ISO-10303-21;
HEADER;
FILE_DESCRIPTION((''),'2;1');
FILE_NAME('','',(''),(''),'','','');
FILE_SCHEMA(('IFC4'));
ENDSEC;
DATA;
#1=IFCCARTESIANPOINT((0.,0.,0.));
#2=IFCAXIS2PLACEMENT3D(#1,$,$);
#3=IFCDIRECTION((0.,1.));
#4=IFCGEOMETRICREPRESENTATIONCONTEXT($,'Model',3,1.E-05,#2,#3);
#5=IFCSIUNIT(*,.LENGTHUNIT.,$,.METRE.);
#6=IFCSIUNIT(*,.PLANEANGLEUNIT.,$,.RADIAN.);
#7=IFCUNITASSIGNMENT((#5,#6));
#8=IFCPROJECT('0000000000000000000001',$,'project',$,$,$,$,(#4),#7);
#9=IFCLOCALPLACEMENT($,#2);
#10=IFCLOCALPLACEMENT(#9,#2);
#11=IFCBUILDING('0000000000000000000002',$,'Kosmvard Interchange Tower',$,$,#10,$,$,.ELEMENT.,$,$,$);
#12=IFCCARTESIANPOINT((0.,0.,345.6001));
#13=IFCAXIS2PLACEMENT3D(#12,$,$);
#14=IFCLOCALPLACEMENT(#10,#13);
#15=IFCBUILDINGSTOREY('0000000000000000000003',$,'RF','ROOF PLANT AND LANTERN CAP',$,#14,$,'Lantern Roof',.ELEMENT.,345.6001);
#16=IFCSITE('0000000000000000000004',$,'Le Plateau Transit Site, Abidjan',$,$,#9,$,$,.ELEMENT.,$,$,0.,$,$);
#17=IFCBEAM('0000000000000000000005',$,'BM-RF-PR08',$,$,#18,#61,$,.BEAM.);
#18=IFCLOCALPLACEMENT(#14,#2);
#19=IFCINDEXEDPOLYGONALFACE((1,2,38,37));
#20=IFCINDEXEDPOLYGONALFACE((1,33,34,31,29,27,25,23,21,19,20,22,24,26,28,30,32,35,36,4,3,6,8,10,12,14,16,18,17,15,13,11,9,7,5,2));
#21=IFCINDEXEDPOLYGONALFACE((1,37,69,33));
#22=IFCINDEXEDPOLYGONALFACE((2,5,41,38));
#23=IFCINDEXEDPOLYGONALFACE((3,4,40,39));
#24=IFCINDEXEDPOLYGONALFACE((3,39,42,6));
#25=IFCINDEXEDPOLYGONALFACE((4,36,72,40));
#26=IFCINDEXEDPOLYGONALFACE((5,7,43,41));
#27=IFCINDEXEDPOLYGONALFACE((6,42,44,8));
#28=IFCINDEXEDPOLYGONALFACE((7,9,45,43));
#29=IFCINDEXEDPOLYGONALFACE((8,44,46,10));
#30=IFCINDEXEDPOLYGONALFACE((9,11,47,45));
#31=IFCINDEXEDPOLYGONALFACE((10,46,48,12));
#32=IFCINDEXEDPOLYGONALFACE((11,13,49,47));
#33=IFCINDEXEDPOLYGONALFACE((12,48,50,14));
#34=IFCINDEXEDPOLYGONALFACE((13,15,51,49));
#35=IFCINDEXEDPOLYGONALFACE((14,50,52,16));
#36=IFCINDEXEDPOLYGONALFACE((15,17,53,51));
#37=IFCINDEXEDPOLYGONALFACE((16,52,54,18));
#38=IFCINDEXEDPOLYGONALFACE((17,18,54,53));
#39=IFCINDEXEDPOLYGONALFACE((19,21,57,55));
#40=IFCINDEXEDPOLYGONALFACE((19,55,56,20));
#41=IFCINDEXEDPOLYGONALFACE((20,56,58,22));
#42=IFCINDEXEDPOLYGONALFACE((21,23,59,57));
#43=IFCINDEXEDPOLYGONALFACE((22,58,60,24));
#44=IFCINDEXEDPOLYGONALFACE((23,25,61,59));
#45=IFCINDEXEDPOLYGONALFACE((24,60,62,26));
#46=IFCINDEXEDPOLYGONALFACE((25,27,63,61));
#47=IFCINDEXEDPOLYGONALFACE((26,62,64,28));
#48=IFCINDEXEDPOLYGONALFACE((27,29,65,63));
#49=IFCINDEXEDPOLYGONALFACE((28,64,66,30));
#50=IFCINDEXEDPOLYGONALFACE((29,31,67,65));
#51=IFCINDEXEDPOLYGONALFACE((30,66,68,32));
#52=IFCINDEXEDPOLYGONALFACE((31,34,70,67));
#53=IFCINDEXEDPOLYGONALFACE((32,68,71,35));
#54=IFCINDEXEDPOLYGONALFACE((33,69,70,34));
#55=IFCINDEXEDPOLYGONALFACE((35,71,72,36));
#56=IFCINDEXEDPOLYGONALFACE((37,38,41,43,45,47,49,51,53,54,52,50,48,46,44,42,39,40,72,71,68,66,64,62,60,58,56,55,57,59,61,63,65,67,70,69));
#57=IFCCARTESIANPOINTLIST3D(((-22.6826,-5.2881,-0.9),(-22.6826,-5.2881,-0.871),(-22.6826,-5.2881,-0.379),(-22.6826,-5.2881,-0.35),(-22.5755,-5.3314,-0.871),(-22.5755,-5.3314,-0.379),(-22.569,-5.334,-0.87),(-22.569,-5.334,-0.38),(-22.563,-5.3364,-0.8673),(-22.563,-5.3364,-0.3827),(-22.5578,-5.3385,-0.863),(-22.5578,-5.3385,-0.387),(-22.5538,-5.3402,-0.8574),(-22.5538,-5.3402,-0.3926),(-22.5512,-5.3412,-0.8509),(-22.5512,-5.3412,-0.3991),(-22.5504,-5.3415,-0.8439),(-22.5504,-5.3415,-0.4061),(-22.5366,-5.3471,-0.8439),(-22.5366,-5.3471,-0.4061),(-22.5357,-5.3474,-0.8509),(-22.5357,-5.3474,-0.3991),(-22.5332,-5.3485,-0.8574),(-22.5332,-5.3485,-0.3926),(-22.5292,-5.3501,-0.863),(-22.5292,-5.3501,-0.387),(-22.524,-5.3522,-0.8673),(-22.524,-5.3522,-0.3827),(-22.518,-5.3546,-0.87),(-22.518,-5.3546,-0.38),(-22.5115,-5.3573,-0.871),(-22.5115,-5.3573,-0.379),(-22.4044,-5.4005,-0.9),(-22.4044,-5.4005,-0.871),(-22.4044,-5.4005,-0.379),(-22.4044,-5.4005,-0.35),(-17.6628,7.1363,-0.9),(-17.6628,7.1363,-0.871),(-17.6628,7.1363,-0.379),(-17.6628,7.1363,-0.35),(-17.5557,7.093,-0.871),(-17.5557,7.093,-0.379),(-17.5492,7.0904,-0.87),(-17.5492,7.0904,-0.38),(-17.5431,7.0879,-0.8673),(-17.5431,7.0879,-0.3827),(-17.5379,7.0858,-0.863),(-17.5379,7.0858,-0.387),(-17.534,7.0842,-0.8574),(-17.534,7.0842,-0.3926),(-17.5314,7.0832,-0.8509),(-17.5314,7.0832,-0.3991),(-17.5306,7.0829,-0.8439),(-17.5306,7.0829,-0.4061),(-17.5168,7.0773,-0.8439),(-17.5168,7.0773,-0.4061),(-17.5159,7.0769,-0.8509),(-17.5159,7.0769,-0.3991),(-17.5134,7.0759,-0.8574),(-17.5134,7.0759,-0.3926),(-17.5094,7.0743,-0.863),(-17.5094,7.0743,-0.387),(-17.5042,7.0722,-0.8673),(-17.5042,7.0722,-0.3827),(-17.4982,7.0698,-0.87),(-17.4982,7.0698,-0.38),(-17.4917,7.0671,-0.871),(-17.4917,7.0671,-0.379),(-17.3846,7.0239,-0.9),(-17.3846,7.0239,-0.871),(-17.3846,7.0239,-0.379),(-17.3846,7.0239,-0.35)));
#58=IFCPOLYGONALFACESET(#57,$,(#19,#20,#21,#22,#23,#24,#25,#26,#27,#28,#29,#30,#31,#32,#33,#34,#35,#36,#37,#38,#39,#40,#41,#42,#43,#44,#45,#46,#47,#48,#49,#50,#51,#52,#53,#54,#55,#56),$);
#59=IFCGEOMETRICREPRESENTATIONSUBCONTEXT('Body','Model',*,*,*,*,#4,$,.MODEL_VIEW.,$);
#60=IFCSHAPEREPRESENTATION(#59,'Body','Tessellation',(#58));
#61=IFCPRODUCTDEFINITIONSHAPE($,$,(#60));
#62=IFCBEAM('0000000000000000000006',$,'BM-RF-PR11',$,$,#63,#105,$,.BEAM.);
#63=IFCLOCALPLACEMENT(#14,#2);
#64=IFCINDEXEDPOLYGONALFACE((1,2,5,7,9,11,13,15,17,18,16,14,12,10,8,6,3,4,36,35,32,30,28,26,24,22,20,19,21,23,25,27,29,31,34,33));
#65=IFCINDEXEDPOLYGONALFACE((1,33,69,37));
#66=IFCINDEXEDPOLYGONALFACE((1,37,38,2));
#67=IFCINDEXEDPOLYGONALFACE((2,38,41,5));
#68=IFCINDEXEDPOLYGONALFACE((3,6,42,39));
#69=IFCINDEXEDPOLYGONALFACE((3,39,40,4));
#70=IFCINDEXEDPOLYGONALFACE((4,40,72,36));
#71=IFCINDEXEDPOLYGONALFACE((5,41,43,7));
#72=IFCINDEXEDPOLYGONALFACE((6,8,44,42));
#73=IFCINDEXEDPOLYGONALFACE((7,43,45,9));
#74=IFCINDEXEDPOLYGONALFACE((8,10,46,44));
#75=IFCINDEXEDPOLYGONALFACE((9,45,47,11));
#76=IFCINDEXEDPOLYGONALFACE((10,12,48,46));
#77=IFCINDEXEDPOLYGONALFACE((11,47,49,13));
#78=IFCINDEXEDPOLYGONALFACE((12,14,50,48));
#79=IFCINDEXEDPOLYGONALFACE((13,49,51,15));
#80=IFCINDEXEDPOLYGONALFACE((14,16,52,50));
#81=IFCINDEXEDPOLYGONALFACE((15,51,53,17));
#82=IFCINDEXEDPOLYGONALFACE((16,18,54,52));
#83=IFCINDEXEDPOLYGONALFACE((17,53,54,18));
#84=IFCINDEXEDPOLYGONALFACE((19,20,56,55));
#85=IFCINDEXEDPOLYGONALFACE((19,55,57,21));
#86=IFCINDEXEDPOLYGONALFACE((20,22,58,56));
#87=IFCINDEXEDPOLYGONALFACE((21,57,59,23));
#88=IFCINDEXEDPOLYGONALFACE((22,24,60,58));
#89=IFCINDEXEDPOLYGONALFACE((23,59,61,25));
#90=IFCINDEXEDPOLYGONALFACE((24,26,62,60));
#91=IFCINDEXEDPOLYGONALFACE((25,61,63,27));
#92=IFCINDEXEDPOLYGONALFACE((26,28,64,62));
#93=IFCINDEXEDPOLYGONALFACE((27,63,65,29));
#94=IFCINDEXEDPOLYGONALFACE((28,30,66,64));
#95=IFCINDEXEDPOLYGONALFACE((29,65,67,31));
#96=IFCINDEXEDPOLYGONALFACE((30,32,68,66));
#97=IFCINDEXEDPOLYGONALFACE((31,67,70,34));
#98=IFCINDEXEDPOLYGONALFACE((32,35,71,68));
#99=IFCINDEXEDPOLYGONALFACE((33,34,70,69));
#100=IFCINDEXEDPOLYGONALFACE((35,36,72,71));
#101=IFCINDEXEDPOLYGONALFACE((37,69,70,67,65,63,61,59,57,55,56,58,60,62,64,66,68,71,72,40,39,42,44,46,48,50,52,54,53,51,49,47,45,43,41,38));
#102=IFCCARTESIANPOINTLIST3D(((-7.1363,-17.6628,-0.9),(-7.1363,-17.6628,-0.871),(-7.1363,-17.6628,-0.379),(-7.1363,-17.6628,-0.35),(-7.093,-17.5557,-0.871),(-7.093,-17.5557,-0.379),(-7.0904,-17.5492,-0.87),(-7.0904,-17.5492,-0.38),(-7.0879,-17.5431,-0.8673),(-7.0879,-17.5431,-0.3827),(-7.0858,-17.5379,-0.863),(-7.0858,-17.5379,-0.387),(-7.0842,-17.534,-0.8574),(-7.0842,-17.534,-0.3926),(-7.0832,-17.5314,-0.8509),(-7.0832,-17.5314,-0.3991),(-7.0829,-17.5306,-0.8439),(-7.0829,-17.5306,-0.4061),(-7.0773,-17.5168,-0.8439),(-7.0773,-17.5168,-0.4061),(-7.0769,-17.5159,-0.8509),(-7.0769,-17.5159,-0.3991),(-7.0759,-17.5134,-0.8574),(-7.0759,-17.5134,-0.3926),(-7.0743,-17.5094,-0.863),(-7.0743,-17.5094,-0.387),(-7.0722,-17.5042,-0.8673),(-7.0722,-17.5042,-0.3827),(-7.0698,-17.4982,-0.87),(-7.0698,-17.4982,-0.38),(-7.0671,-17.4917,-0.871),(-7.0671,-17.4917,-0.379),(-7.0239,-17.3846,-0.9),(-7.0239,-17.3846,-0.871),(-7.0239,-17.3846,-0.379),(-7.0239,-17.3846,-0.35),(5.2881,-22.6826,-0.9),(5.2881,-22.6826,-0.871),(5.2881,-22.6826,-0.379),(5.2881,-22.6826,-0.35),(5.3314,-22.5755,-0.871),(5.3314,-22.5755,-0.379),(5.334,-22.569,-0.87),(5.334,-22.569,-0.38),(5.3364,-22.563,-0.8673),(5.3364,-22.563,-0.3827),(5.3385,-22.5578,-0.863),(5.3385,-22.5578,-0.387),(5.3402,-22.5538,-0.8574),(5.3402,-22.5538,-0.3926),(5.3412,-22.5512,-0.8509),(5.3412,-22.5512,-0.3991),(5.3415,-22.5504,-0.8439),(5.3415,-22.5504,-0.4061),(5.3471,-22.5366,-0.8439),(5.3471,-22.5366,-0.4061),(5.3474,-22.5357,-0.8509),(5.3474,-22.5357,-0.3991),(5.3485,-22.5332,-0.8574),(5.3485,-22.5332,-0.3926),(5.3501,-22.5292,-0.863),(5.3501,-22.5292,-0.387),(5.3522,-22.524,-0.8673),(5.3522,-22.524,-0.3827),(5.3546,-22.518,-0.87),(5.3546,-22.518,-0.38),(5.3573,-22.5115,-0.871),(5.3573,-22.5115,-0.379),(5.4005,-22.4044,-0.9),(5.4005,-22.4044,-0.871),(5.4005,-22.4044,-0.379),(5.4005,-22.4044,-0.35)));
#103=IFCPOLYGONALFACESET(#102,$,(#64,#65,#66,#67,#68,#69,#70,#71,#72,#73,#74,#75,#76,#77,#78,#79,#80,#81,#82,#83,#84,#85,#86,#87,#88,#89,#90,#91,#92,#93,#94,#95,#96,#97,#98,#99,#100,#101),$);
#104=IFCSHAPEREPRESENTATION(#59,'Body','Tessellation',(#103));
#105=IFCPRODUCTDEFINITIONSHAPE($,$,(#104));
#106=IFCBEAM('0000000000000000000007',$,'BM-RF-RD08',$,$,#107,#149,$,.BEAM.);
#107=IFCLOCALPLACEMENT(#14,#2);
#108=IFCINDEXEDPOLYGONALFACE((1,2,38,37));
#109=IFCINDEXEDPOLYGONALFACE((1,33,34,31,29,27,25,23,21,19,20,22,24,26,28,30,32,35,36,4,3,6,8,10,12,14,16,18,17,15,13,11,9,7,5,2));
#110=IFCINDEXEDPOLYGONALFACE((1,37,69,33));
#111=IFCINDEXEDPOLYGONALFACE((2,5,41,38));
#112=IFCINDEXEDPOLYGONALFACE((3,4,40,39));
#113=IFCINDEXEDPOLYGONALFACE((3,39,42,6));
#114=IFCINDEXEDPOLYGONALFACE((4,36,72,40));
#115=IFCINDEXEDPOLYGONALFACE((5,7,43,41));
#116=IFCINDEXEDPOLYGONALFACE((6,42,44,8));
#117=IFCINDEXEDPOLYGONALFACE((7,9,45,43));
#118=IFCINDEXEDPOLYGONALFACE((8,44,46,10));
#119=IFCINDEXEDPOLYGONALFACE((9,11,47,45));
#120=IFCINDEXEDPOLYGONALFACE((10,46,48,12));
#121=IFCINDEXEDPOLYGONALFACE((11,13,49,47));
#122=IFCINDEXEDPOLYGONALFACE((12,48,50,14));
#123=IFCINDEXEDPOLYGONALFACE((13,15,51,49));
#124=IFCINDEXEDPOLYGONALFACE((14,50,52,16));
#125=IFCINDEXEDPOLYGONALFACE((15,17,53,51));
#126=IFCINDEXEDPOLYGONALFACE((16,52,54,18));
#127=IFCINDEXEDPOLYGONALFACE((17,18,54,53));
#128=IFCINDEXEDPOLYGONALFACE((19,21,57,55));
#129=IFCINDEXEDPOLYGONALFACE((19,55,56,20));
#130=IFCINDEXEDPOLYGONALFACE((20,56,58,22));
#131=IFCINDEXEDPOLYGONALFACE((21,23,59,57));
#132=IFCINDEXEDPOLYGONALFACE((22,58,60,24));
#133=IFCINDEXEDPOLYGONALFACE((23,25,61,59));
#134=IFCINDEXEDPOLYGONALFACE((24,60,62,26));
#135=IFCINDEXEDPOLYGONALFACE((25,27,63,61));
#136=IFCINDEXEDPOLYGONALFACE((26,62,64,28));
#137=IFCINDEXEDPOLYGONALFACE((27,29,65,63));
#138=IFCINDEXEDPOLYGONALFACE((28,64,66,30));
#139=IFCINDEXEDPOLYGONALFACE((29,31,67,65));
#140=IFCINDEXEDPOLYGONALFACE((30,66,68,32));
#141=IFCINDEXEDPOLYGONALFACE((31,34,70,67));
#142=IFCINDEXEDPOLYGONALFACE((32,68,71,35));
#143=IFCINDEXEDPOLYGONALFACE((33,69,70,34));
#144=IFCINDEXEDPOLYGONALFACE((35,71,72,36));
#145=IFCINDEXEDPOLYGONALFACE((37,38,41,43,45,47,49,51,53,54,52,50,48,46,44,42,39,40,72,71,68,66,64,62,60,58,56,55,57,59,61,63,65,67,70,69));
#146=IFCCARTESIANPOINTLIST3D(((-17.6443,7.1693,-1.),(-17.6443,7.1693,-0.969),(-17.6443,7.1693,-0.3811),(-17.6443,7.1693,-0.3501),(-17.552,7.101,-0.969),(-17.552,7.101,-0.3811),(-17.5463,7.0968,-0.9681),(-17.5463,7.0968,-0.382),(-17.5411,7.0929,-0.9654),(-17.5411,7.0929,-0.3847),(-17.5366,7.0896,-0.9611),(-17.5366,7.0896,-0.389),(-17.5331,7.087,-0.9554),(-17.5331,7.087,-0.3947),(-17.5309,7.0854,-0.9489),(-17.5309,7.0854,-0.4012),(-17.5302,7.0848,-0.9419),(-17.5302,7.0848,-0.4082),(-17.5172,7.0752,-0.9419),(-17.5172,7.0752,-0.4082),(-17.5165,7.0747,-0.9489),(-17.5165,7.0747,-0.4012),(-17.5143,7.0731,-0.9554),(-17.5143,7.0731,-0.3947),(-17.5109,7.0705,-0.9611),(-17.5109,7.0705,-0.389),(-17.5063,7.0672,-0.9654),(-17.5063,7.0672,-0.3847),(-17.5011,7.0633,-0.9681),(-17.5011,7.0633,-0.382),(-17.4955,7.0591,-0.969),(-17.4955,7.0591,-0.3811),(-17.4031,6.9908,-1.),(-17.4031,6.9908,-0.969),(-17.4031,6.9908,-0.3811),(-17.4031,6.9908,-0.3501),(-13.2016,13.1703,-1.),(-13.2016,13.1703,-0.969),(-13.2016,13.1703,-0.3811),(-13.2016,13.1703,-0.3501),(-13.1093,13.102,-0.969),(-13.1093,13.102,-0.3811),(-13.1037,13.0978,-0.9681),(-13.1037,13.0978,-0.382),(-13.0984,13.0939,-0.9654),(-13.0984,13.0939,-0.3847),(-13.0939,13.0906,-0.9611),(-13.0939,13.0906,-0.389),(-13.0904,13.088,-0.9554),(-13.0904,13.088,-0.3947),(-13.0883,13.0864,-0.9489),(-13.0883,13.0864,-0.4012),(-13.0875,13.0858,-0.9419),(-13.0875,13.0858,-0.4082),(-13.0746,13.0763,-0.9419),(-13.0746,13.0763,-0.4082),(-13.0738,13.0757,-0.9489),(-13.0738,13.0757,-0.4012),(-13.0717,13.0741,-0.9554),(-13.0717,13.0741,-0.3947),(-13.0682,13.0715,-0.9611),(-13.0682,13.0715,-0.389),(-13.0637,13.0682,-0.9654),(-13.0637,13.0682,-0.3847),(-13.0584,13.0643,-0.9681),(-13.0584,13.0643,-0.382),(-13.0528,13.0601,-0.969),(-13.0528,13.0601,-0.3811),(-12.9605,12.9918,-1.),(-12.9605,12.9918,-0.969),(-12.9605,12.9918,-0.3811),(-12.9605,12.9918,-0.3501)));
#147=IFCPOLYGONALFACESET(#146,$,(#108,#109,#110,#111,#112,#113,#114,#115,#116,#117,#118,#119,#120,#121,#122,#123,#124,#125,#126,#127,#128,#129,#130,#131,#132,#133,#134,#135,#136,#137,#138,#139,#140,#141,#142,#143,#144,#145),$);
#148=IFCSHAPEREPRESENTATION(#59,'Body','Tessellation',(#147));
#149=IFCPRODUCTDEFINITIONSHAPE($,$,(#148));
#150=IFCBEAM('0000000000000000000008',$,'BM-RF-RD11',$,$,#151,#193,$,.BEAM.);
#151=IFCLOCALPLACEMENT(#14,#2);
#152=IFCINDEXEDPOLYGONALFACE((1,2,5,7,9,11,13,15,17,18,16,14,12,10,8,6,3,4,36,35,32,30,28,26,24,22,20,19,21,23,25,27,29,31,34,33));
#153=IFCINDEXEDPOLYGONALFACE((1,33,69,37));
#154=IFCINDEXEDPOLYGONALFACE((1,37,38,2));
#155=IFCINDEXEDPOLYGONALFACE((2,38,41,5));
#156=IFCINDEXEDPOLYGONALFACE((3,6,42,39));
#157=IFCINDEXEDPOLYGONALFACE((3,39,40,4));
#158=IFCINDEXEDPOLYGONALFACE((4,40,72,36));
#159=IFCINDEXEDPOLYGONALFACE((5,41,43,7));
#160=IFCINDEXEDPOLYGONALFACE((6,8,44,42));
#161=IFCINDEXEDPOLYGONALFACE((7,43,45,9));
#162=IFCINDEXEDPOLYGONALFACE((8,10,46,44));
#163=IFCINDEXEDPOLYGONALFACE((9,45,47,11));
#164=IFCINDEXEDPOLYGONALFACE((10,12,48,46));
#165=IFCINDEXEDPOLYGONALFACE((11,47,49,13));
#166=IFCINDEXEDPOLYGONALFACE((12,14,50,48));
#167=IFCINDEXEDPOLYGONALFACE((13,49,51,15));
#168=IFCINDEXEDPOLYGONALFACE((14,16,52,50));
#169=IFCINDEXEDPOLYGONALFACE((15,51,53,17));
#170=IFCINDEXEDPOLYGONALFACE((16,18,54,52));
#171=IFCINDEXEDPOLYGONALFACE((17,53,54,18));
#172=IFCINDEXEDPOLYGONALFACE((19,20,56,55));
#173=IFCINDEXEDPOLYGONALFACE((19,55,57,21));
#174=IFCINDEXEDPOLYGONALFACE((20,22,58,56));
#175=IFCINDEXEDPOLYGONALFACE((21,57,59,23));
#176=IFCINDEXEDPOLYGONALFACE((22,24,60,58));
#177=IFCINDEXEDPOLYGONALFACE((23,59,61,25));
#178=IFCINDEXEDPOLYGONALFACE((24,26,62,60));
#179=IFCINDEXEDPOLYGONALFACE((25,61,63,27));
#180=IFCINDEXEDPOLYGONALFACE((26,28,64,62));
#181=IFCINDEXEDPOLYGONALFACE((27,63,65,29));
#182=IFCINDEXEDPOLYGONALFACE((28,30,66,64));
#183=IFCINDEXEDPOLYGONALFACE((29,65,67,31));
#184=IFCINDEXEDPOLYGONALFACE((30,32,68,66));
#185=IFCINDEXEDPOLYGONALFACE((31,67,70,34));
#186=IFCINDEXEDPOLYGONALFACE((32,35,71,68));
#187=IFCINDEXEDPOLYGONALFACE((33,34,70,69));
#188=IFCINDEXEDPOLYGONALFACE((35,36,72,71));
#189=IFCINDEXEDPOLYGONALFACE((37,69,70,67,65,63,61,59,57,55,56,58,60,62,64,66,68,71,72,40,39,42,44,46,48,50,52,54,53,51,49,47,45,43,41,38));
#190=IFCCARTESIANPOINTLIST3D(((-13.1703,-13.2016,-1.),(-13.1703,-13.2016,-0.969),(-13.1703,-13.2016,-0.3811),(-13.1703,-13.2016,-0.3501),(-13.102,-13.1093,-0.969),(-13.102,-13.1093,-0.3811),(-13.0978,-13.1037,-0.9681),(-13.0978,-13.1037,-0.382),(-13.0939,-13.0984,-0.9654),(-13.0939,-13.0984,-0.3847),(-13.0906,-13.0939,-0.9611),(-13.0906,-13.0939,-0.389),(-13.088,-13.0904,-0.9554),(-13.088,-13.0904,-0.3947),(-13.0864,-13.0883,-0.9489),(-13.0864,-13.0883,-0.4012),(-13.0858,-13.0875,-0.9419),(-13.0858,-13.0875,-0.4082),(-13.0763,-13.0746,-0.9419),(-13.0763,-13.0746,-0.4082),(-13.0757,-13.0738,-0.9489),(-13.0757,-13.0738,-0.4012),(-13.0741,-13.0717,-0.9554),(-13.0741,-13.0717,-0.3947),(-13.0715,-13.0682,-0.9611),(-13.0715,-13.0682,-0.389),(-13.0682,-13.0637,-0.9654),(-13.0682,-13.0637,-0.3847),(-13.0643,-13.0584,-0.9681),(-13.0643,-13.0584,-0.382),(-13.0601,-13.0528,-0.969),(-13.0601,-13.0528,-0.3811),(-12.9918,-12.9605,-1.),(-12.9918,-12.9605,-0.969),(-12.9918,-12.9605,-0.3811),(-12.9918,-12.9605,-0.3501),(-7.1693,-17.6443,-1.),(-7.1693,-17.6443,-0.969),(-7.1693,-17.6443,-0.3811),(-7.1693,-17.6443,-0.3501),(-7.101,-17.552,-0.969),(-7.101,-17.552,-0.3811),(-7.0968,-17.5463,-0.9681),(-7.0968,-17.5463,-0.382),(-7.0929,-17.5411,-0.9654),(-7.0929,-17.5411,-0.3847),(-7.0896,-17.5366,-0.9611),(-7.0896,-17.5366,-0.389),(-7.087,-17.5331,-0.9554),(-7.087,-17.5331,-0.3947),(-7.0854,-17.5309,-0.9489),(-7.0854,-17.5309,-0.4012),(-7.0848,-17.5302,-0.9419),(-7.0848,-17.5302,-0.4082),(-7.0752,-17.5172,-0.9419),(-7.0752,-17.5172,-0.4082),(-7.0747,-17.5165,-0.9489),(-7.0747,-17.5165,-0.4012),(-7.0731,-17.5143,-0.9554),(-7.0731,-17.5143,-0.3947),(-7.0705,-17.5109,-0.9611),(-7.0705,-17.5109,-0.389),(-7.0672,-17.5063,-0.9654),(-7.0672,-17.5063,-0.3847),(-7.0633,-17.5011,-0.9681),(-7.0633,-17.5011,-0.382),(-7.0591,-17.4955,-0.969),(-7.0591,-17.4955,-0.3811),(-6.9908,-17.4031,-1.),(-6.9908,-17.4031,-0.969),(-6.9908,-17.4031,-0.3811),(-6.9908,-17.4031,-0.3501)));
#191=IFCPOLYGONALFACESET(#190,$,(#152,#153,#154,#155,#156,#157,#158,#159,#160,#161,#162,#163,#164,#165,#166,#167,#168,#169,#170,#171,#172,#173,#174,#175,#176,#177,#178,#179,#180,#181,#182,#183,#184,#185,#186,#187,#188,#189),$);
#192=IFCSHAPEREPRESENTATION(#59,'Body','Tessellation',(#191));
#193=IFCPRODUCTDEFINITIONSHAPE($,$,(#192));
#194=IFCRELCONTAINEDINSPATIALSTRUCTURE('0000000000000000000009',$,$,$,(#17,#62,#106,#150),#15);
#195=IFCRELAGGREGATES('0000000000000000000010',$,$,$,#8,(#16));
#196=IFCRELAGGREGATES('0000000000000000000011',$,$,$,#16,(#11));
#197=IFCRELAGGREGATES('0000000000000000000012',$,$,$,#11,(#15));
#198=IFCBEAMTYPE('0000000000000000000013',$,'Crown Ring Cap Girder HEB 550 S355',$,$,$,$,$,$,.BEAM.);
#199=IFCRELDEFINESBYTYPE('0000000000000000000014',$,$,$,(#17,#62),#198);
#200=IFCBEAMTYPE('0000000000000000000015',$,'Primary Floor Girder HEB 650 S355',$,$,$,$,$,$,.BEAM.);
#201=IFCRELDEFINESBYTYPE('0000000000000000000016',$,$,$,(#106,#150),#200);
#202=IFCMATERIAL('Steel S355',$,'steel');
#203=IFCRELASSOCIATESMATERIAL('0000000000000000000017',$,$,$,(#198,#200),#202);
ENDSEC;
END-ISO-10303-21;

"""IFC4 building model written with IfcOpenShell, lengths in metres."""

from ifc_helpers import new_model, si_unit, direction, frame, origin, origin_2d, place, context, subcontext, project, spatial, i_section, extrude, source, transform, mapped, material, material_profile, profile_set, type_object, element, save


model = new_model("IFC4")

# Units and contexts
model_context = context("Model", 3, precision=1e-05, world=origin(), true_north=direction((0.0, 1.0)))
body_context = subcontext(model_context, "Body", "Model", "MODEL_VIEW")
ifc_project = project(units=[si_unit("LENGTHUNIT", "METRE"), si_unit("PLANEANGLEUNIT", "RADIAN")], contexts=[model_context])

# Site, building, storey
site_placement = place(None, origin())
site = spatial("IfcSite", under=ifc_project, at=site_placement, Name="Le Plateau Transit Site, Abidjan", CompositionType="ELEMENT", RefElevation=0.0)
building_placement = place(site_placement, origin())
building = spatial("IfcBuilding", under=site, at=building_placement, Name="Kosmvard Interchange Tower", CompositionType="ELEMENT")
storey_placement = place(building_placement, frame((0.0, 0.0, 345.6001)))
storey = spatial("IfcBuildingStorey", under=building, at=storey_placement, Name="RF", Description="ROOF PLANT AND LANTERN CAP", LongName="Lantern Roof", CompositionType="ELEMENT", Elevation=345.6001)

# Beams
ifc_material_1 = material(Name="Steel S355", Category="steel")
ifc_material_profile_1 = material_profile(ifc_material_1, i_section(OverallWidth=0.3, OverallDepth=0.55, WebThickness=0.0149, FlangeThickness=0.0291, FilletRadius=0.0271, at=origin_2d()), Name="HEB 550")
ifc_profile_set_1 = profile_set([ifc_material_profile_1], Name="Steel S355")
beam_type_1 = type_object("IfcBeamType", Name="Crown Ring Cap Girder HEB 550 S355", PredefinedType="BEAM", material=ifc_profile_set_1)
ifc_material_profile_2 = material_profile(ifc_material_1, i_section(OverallWidth=0.3, OverallDepth=0.6499, WebThickness=0.0161, FlangeThickness=0.031, FilletRadius=0.0271, at=origin_2d()), Name="HEB 650")
ifc_profile_set_2 = profile_set([ifc_material_profile_2], Name="Steel S355")
beam_type_2 = type_object("IfcBeamType", Name="Primary Floor Girder HEB 650 S355", PredefinedType="BEAM", material=ifc_profile_set_2)
shared_shape_1 = source(origin(), body_context, "Body", "SweptSolid", [
    extrude(i_section(OverallWidth=0.3, OverallDepth=0.55, WebThickness=0.0149, FlangeThickness=0.0291, FilletRadius=0.0271, at=origin_2d()), origin(), (0.0, 0.0, 1.0), 13.4001),
])
for number, where, z_axis, x_axis, name in (
    (1, (-17.5237, 7.0801, -0.625), (-0.374608, -0.927183, 0.0), (0.927183, -0.374608, 0.0), "BM-RF-PR08"),
    (2, (-7.0801, -17.5237, -0.625), (0.927183, -0.374608, 0.0), (0.374608, 0.927183, 0.0), "BM-RF-PR11"),
):
    element("IfcBeam", number, at=place(storey_placement, frame(where, z_axis=z_axis, x_axis=x_axis)), inside=storey, type_object=beam_type_1, Name=name, PredefinedType="BEAM", context=body_context, shape_type="MappedRepresentation", body=[
        mapped(shared_shape_1, transform((0.0, 0.0, 0.0), scale=1.0)),
    ])
shared_shape_2 = source(origin(), body_context, "Body", "SweptSolid", [
    extrude(i_section(OverallWidth=0.3, OverallDepth=0.6499, WebThickness=0.0161, FlangeThickness=0.031, FilletRadius=0.0271, at=origin_2d()), origin(), (0.0, 0.0, 1.0), 7.4666),
])
for number, where, z_axis, x_axis, name in (
    (3, (-13.0811, 13.0811, -0.675), (-0.595008, -0.80372, 0.0), (0.80372, -0.595008, 0.0), "BM-RF-RD08"),
    (4, (-13.0811, -13.0811, -0.675), (0.80372, -0.595008, 0.0), (0.595008, 0.80372, 0.0), "BM-RF-RD11"),
):
    element("IfcBeam", number, at=place(storey_placement, frame(where, z_axis=z_axis, x_axis=x_axis)), inside=storey, type_object=beam_type_2, Name=name, PredefinedType="BEAM", context=body_context, shape_type="MappedRepresentation", body=[
        mapped(shared_shape_2, transform((0.0, 0.0, 0.0), scale=1.0)),
    ])

save(model, "model.ifc")
